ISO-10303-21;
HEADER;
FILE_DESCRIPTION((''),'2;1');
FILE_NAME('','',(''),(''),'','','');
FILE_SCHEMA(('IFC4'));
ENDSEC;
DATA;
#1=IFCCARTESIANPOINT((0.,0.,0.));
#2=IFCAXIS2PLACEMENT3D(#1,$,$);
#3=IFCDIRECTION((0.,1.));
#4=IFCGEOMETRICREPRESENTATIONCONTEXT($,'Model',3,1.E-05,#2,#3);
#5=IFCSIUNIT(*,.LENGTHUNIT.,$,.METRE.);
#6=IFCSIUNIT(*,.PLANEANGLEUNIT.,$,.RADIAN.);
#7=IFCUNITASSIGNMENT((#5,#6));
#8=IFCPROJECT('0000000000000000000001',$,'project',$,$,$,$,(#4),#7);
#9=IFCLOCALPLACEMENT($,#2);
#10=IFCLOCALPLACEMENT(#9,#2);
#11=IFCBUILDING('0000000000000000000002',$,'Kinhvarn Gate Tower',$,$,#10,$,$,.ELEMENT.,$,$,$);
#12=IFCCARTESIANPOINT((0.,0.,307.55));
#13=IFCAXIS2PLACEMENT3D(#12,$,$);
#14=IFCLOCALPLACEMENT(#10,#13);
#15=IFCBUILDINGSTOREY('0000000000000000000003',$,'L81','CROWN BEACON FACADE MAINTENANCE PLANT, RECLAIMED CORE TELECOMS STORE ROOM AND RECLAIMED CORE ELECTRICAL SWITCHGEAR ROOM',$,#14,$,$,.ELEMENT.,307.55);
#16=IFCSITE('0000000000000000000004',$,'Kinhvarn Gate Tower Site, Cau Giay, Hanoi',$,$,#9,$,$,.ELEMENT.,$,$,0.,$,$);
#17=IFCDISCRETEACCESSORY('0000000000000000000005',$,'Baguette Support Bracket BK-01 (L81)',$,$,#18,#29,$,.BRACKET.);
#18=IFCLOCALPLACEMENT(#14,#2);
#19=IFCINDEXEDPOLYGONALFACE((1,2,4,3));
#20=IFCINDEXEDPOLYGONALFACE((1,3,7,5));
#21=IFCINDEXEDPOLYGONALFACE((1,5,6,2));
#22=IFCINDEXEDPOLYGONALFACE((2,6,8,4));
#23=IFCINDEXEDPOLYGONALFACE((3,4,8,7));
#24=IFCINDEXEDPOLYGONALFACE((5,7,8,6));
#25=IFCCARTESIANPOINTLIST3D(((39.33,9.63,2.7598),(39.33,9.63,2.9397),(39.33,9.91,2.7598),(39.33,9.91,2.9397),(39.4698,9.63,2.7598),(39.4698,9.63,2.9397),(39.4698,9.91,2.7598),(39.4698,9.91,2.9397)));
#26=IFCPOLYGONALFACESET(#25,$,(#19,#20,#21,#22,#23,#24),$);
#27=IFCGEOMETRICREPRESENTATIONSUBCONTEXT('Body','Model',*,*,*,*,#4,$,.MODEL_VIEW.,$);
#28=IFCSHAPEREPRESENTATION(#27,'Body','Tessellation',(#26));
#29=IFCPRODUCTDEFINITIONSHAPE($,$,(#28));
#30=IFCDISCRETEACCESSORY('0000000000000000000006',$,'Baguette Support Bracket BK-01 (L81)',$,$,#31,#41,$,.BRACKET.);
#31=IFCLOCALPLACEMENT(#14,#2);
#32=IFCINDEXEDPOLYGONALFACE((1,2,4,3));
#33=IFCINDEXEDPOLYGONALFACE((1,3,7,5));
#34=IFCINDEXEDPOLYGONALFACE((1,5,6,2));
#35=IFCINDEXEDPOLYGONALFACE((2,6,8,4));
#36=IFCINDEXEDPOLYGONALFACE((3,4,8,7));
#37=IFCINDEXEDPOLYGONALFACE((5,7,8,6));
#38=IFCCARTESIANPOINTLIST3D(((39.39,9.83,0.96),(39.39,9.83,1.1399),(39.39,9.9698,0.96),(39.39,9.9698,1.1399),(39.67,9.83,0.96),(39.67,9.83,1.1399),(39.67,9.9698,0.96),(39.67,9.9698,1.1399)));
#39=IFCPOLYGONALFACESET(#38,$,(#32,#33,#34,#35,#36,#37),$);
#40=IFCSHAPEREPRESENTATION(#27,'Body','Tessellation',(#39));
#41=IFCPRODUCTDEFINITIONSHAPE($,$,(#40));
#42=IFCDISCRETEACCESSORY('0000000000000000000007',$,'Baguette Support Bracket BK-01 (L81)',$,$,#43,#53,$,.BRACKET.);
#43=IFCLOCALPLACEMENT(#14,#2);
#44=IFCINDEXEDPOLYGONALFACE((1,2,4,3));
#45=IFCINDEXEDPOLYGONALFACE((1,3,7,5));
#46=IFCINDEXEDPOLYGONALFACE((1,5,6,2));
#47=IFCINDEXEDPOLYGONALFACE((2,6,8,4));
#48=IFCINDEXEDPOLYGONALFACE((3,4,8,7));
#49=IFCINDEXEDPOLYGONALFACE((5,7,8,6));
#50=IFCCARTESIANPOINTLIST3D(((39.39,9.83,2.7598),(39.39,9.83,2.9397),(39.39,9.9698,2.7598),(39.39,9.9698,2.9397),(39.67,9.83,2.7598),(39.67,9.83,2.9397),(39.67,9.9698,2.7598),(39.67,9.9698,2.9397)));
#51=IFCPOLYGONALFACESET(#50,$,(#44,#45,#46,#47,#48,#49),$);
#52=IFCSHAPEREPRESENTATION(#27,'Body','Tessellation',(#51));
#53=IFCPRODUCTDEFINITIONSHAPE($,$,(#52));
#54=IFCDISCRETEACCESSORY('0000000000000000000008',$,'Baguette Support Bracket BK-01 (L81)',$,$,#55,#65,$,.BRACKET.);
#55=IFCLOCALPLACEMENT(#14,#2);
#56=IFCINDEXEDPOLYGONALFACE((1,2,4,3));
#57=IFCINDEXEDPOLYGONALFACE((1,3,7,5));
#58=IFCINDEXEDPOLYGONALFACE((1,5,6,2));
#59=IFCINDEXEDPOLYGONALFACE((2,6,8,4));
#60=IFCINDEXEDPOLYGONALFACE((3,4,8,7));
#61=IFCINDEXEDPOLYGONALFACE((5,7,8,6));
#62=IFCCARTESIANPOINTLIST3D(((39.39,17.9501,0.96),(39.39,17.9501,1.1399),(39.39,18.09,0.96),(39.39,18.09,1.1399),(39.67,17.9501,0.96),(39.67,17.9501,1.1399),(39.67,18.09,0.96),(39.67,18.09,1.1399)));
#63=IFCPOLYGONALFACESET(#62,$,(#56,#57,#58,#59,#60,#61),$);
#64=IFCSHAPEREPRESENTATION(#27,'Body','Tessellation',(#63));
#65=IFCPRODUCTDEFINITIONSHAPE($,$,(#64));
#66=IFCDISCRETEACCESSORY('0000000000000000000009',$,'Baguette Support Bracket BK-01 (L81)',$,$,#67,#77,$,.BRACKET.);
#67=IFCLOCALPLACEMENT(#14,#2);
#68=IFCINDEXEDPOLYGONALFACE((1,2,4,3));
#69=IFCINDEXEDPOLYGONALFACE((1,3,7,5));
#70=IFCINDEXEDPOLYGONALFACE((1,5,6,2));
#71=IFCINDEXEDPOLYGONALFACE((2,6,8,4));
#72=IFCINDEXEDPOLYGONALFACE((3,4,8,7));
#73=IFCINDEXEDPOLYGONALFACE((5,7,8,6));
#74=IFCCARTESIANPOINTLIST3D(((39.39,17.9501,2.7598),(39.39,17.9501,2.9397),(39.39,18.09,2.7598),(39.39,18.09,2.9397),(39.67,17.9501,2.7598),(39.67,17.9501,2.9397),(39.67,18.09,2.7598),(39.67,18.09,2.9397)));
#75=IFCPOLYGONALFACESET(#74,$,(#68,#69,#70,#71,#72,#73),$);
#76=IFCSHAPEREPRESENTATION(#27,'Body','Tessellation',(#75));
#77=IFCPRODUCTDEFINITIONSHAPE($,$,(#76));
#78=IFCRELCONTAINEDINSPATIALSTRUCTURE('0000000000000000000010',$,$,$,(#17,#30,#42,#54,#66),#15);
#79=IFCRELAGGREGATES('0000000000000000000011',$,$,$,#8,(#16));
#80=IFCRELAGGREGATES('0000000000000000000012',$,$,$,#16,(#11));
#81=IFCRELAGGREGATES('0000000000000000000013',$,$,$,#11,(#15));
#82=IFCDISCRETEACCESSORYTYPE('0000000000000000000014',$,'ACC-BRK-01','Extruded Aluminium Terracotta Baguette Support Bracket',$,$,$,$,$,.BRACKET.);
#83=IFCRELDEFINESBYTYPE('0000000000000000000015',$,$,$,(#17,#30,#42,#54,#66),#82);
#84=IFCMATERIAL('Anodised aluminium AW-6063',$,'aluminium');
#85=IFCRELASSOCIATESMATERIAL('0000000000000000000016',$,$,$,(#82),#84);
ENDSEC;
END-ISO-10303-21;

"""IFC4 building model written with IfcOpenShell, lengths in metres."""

from ifc_helpers import new_model, si_unit, direction, frame, origin, origin_2d, place, context, subcontext, project, spatial, rectangle, extrude, material, type_object, element, save


model = new_model("IFC4")

# Units and contexts
model_context = context("Model", 3, precision=1e-05, world=origin(), true_north=direction((0.0, 1.0)))
body_context = subcontext(model_context, "Body", "Model", "MODEL_VIEW")
ifc_project = project(units=[si_unit("LENGTHUNIT", "METRE"), si_unit("PLANEANGLEUNIT", "RADIAN")], contexts=[model_context])

# Site, building, storey
site_placement = place(None, origin())
site = spatial("IfcSite", under=ifc_project, at=site_placement, Name="Kinhvarn Gate Tower Site, Cau Giay, Hanoi", CompositionType="ELEMENT", RefElevation=0.0)
building_placement = place(site_placement, origin())
building = spatial("IfcBuilding", under=site, at=building_placement, Name="Kinhvarn Gate Tower", CompositionType="ELEMENT")
storey_placement = place(building_placement, frame((0.0, 0.0, 307.55)))
storey = spatial("IfcBuildingStorey", under=building, at=storey_placement, Name="L81", Description="CROWN BEACON FACADE MAINTENANCE PLANT, RECLAIMED CORE TELECOMS STORE ROOM AND RECLAIMED CORE ELECTRICAL SWITCHGEAR ROOM", CompositionType="ELEMENT", Elevation=307.55)

# Shared definitions
ifc_material_1 = material(Name="Anodised aluminium AW-6063", Category="aluminium")

# Discrete accessories
discrete_accessory_type = type_object("IfcDiscreteAccessoryType", Name="ACC-BRK-01", Description="Extruded Aluminium Terracotta Baguette Support Bracket", PredefinedType="BRACKET", material=ifc_material_1)
for number, where, z_axis, x_axis, name in (
    (1, (39.3999, 9.77, 2.7598), (0.0, 0.0, 1.0), (1.0, 0.0, 0.0), "Baguette Support Bracket BK-01 (L81)"),
    (2, (39.53, 9.8999, 0.96), (0.0, 0.0, 1.0), (0.0, 1.0, 0.0), "Baguette Support Bracket BK-01 (L81)"),
    (3, (39.53, 9.8999, 2.7598), (0.0, 0.0, 1.0), (0.0, 1.0, 0.0), "Baguette Support Bracket BK-01 (L81)"),
    (4, (39.53, 18.02, 0.96), (0.0, 0.0, 1.0), (0.0, 1.0, 0.0), "Baguette Support Bracket BK-01 (L81)"),
    (5, (39.53, 18.02, 2.7598), (0.0, 0.0, 1.0), (0.0, 1.0, 0.0), "Baguette Support Bracket BK-01 (L81)"),
):
    element("IfcDiscreteAccessory", number, at=place(storey_placement, frame(where, z_axis=z_axis, x_axis=x_axis)), inside=storey, type_object=discrete_accessory_type, Name=name, PredefinedType="BRACKET", context=body_context, shape_type="SweptSolid", body=[
        extrude(rectangle(XDim=0.1399, YDim=0.28, at=origin_2d()), origin(), (0.0, 0.0, 1.0), 0.1799),
    ])

save(model, "model.ifc")
